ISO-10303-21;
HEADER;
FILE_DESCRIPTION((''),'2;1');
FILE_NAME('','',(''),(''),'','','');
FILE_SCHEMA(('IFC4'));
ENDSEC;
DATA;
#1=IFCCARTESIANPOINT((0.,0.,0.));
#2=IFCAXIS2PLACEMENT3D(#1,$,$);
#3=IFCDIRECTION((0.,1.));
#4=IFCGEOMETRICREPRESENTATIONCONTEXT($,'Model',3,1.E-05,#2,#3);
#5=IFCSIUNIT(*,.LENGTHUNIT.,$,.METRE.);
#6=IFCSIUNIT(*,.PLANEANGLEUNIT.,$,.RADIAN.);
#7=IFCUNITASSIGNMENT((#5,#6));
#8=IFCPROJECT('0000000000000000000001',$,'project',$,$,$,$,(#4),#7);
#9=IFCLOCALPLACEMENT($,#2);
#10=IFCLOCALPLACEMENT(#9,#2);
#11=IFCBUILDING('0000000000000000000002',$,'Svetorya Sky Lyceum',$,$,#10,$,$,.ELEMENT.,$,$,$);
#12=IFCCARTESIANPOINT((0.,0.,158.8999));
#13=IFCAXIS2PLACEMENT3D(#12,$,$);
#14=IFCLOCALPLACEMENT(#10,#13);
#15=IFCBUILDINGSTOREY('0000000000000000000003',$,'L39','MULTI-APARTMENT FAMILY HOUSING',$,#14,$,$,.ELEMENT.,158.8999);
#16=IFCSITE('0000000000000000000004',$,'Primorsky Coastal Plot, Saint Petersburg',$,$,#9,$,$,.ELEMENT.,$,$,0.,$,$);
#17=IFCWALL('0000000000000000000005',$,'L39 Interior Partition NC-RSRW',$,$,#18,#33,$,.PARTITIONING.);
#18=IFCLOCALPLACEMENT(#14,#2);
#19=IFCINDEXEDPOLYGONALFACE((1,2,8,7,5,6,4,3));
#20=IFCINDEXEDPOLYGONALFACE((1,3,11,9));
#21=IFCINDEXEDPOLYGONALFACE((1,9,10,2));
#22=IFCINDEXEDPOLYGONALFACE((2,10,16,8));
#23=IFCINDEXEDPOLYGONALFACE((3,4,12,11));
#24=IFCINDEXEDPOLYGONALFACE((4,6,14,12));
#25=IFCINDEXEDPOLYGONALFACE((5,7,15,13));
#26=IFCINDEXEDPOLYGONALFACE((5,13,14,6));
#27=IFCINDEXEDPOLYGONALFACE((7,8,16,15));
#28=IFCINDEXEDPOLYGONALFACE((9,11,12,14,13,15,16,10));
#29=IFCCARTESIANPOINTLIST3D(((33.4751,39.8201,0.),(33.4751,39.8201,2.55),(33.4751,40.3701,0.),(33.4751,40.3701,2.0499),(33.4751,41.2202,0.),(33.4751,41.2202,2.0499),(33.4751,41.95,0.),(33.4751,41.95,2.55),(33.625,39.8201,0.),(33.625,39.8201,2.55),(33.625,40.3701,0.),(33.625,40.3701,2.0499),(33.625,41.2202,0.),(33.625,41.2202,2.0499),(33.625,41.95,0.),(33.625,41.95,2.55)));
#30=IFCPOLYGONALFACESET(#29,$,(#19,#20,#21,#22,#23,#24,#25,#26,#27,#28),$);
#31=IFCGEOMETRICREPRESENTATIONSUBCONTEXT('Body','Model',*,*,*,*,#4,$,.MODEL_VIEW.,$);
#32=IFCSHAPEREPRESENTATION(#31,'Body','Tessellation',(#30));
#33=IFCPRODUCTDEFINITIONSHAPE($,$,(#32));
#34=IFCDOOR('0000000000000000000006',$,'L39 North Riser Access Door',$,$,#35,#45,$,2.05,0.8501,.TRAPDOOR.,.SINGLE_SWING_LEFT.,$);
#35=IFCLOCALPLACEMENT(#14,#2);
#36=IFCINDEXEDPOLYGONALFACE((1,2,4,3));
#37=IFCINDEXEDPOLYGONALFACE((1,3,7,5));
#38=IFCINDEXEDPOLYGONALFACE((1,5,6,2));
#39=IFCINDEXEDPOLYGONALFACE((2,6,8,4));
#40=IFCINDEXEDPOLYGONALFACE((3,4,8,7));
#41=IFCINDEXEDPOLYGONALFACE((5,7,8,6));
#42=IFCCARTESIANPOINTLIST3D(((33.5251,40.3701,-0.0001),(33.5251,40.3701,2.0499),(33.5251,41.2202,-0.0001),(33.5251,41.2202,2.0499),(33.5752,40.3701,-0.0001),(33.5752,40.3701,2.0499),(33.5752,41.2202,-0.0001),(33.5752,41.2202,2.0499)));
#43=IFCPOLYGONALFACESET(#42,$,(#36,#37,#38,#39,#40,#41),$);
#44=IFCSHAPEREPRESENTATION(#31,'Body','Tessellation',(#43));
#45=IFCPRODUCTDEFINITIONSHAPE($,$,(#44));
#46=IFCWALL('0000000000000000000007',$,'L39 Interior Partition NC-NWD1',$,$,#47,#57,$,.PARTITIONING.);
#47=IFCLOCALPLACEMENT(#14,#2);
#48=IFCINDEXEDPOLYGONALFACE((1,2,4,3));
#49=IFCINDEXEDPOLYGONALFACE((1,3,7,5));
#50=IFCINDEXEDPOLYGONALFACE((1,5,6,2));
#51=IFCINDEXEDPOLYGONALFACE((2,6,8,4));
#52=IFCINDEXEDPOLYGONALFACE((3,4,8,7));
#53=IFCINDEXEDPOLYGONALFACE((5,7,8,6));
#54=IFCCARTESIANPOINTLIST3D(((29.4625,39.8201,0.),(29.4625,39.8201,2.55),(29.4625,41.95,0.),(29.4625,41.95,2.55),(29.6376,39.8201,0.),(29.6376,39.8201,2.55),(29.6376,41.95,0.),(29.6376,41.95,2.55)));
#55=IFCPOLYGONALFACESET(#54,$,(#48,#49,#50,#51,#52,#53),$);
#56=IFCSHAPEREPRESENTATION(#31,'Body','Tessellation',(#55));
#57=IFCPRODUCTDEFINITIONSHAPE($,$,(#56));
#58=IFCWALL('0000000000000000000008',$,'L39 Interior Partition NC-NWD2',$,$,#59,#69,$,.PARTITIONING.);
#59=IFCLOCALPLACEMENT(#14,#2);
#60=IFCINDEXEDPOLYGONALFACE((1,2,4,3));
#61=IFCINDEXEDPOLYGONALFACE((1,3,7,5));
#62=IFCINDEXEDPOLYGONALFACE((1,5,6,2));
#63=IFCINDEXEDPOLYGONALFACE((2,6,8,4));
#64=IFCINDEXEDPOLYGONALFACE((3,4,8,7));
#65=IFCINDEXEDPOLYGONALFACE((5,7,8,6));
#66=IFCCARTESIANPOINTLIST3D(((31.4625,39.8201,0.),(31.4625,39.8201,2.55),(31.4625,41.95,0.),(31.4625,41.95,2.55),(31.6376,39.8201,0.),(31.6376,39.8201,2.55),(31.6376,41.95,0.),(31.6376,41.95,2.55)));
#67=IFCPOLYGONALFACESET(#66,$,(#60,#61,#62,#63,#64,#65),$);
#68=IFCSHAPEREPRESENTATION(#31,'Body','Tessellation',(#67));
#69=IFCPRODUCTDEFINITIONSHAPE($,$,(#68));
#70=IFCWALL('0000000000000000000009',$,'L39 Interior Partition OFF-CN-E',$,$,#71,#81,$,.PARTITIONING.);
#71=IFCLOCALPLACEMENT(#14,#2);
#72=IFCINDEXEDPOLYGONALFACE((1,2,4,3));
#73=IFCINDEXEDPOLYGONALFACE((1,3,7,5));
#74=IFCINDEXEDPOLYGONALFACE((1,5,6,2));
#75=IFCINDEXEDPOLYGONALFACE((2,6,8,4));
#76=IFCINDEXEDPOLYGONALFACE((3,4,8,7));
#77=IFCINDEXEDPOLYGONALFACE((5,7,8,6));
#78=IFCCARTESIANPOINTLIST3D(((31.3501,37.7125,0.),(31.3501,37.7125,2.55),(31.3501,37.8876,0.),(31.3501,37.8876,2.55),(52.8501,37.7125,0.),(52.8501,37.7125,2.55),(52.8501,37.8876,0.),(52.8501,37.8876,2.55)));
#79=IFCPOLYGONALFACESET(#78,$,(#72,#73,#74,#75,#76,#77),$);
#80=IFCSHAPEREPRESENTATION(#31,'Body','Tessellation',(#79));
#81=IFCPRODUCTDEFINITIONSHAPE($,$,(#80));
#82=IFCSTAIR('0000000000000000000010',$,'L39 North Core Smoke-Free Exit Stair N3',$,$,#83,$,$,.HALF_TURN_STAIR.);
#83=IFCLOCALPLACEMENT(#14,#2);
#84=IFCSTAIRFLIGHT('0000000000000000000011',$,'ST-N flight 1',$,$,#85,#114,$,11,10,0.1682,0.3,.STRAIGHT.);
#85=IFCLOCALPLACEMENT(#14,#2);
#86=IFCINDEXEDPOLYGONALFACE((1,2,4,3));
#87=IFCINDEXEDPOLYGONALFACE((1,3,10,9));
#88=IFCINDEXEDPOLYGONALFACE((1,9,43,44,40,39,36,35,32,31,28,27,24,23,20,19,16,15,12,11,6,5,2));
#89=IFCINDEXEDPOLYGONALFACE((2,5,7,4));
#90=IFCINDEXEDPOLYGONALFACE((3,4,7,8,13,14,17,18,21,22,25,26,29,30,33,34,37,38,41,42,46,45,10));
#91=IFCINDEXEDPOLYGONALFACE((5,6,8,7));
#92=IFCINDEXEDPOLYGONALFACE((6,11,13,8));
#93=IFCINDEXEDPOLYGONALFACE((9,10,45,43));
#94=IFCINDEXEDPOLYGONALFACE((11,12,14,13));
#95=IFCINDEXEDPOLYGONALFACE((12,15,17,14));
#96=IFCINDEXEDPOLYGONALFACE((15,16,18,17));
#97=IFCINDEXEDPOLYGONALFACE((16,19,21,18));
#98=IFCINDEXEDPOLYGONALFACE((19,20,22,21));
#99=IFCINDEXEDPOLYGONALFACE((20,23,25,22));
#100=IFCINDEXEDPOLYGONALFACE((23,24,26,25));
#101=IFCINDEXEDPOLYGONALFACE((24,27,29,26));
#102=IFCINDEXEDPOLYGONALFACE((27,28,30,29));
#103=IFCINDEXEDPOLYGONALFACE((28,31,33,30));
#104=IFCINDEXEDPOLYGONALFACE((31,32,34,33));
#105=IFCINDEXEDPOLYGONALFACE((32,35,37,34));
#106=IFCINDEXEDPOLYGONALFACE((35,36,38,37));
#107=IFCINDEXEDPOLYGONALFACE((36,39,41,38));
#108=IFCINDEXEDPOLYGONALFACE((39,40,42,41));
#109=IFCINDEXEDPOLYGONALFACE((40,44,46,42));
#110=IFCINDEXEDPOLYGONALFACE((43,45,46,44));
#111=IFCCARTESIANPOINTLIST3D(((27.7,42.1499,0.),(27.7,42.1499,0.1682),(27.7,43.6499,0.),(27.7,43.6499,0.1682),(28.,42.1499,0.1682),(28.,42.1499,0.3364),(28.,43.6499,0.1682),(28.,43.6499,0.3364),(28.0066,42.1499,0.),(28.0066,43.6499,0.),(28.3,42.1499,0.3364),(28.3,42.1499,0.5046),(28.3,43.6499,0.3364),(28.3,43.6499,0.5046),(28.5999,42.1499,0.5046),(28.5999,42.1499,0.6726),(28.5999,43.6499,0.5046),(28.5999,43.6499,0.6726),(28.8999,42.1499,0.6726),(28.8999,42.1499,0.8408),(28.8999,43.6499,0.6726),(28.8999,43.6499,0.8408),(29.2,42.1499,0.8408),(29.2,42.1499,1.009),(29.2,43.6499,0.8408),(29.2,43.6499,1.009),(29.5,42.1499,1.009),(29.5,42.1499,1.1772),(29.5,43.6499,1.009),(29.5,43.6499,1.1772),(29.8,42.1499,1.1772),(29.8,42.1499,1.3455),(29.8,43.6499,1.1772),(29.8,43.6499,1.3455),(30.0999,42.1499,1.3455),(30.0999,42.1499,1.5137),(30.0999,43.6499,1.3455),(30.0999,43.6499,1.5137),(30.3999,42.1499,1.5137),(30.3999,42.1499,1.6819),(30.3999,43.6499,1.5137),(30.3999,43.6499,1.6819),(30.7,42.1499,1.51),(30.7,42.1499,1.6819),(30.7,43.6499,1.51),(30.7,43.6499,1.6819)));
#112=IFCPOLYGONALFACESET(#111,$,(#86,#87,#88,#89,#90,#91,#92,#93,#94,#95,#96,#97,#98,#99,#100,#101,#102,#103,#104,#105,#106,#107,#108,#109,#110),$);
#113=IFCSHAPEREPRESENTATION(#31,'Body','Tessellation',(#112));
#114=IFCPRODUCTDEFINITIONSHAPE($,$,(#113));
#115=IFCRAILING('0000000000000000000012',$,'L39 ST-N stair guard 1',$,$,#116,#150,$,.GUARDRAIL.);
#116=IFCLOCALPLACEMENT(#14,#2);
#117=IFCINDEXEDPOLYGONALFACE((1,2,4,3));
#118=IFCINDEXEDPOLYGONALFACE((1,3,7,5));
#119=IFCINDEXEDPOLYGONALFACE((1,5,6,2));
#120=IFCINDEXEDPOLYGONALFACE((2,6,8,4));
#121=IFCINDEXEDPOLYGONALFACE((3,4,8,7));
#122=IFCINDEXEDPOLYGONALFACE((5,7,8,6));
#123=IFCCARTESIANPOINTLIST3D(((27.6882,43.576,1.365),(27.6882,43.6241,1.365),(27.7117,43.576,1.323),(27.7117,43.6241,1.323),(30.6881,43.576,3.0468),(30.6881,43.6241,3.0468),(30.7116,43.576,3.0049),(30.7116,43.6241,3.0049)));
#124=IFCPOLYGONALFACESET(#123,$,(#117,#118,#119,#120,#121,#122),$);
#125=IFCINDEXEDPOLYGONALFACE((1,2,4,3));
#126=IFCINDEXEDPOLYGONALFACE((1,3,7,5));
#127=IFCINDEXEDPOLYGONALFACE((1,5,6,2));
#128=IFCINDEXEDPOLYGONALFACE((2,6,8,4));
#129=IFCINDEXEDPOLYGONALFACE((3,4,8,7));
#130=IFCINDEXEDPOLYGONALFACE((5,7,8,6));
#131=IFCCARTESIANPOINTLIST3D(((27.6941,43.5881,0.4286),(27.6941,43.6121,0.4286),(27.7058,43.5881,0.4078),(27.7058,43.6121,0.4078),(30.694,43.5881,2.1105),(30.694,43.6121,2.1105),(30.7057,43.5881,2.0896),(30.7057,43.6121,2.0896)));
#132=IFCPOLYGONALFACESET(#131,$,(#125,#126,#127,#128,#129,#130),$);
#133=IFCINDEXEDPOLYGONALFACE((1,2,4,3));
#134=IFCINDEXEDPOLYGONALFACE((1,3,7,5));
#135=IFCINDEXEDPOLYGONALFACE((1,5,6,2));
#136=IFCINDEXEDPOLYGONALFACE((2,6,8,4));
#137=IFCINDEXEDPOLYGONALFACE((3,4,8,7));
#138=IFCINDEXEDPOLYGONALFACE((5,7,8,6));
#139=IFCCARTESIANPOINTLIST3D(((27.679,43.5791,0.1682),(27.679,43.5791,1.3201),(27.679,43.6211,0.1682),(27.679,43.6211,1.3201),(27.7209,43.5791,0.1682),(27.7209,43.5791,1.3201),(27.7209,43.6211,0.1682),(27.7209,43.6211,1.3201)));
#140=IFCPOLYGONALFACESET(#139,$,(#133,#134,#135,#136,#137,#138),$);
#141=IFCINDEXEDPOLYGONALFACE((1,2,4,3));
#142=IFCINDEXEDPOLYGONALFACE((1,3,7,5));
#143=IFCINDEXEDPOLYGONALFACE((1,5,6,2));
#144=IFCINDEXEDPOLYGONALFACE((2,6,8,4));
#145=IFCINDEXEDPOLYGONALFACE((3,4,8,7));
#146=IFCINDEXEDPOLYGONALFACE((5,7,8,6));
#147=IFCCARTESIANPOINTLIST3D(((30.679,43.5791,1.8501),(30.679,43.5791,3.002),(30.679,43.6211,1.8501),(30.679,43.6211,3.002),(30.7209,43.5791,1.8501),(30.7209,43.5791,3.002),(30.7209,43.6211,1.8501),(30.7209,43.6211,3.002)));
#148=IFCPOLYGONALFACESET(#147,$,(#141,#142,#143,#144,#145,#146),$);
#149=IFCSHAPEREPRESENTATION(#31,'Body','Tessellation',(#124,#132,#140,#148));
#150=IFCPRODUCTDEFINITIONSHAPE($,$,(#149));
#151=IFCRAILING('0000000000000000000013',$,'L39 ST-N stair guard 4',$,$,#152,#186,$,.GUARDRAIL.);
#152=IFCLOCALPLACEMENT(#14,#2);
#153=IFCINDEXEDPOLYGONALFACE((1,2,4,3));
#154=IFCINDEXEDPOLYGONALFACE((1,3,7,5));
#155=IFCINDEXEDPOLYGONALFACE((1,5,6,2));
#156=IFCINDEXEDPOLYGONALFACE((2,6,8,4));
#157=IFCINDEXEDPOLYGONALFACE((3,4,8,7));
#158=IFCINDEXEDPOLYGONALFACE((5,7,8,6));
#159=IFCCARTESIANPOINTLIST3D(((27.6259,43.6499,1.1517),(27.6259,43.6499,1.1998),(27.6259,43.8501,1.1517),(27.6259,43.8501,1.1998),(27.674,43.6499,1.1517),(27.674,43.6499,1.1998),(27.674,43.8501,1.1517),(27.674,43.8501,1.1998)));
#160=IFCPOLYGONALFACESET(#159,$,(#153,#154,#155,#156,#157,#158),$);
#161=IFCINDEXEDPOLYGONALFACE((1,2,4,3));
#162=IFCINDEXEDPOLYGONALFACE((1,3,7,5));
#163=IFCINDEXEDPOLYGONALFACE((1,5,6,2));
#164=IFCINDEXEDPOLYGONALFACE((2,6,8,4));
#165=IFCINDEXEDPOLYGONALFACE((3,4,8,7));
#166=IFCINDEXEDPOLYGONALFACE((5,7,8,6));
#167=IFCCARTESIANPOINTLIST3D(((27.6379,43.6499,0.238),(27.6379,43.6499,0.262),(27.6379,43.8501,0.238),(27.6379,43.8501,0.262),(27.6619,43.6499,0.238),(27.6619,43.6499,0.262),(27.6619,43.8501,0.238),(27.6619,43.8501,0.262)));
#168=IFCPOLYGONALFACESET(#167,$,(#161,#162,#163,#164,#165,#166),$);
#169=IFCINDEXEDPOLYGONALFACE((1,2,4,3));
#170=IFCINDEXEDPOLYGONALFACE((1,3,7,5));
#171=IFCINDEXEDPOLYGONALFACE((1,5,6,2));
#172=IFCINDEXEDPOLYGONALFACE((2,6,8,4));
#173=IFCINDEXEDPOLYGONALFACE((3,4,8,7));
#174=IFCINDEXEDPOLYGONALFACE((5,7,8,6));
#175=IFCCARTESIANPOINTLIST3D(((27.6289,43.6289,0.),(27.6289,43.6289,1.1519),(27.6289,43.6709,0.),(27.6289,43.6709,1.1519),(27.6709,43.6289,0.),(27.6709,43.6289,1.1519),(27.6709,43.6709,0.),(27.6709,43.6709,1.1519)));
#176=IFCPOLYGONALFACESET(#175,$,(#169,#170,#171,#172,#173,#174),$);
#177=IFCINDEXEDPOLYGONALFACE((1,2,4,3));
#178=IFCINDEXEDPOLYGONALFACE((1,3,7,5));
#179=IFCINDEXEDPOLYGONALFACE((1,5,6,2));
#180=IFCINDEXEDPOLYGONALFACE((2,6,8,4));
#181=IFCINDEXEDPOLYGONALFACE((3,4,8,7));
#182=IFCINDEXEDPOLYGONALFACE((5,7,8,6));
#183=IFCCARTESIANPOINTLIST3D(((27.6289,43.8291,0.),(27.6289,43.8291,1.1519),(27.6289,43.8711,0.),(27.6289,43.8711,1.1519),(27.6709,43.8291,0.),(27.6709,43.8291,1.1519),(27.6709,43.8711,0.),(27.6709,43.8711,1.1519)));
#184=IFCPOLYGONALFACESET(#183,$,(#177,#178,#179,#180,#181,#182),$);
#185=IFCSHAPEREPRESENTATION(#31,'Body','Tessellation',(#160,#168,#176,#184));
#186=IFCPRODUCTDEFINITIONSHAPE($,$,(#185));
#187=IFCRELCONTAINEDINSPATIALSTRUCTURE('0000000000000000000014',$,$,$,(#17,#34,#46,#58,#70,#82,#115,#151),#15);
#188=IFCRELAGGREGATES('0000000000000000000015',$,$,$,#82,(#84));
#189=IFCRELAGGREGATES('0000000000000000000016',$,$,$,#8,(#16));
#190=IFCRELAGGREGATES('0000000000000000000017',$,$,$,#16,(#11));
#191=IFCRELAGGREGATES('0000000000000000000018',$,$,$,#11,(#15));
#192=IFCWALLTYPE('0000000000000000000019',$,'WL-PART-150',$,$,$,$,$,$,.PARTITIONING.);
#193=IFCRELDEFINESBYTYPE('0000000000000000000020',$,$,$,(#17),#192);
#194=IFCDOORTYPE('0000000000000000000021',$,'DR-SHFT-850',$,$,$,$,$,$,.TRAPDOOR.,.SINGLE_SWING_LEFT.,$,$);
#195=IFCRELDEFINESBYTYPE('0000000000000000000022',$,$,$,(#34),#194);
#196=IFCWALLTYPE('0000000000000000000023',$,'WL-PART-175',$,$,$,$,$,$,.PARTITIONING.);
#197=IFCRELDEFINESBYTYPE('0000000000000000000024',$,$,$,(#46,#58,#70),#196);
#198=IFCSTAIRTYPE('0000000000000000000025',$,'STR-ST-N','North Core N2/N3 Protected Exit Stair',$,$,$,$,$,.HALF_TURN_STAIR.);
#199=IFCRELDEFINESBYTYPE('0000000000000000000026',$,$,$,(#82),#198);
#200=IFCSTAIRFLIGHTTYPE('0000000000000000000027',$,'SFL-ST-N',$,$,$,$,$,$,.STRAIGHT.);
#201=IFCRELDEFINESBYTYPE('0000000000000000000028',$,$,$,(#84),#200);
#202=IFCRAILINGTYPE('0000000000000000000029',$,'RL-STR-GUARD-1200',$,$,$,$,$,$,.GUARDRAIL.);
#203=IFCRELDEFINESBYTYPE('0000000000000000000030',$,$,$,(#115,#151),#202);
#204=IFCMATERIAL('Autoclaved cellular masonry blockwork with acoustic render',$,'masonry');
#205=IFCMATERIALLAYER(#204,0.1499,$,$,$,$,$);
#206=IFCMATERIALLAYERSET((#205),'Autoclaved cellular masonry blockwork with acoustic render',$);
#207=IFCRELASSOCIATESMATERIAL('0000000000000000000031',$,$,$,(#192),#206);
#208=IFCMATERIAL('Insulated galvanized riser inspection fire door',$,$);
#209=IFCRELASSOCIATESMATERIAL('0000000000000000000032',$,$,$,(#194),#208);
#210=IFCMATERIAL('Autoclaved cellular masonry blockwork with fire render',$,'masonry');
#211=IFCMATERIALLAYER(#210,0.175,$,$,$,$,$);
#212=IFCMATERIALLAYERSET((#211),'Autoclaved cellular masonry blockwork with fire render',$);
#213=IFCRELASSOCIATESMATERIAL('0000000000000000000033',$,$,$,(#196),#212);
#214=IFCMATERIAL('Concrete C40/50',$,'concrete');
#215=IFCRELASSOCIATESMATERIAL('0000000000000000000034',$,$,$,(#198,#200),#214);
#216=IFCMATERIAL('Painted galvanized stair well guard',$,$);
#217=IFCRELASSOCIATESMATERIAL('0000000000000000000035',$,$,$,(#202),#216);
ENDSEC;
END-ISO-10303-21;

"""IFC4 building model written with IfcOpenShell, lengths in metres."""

from ifc_helpers import new_model, si_unit, direction, frame, frame_2d, origin, origin_2d, place, context, subcontext, project, spatial, polyline, rectangle, outline, extrude, material, layer, layer_set, type_object, element, fill, aggregate, save


model = new_model("IFC4")

# Units and contexts
model_context = context("Model", 3, precision=1e-05, world=origin(), true_north=direction((0.0, 1.0)))
body_context = subcontext(model_context, "Body", "Model", "MODEL_VIEW")
ifc_project = project(units=[si_unit("LENGTHUNIT", "METRE"), si_unit("PLANEANGLEUNIT", "RADIAN")], contexts=[model_context])

# Site, building, storey
site_placement = place(None, origin())
site = spatial("IfcSite", under=ifc_project, at=site_placement, Name="Primorsky Coastal Plot, Saint Petersburg", CompositionType="ELEMENT", RefElevation=0.0)
building_placement = place(site_placement, origin())
building = spatial("IfcBuilding", under=site, at=building_placement, Name="Svetorya Sky Lyceum", CompositionType="ELEMENT")
storey_placement = place(building_placement, frame((0.0, 0.0, 158.8999)))
storey = spatial("IfcBuildingStorey", under=building, at=storey_placement, Name="L39", Description="MULTI-APARTMENT FAMILY HOUSING", CompositionType="ELEMENT", Elevation=158.8999)

# Shared definitions
ifc_material_1 = material(Name="Concrete C40/50", Category="concrete")

# Wall, opening, door
ifc_material_2 = material(Name="Autoclaved cellular masonry blockwork with acoustic render", Category="masonry")
ifc_layer_1 = layer(ifc_material_2, 0.1499)
ifc_layer_set_1 = layer_set([ifc_layer_1], Name="Autoclaved cellular masonry blockwork with acoustic render")
wall_type_1 = type_object("IfcWallType", Name="WL-PART-150", PredefinedType="PARTITIONING", material=ifc_layer_set_1)
wall_1_placement = place(storey_placement, frame((33.55, 39.8201, 0.0), z_axis=(0.0, 0.0, 1.0), x_axis=(0.0, 1.0, 0.0)))
wall_1 = element("IfcWall", 1, at=wall_1_placement, inside=storey, type_object=wall_type_1, Name="L39 Interior Partition NC-RSRW", PredefinedType="PARTITIONING", context=body_context, shape_type="SweptSolid", body=[
    extrude(rectangle(XDim=2.1299, YDim=0.1499, at=frame_2d((1.0649, 0.0))), origin(), (0.0, 0.0, 1.0), 2.55),
])
opening_placement = place(wall_1_placement, frame((0.55, 0.0, 0.0)))
opening = element("IfcOpeningElement", 2, at=opening_placement, cuts=wall_1, PredefinedType="OPENING", context=body_context, shape_type="SweptSolid", body=[
    extrude(rectangle(XDim=0.8501, YDim=2.05, at=frame_2d((0.425, 1.0249))), frame((0.0, 0.085, 0.0), z_axis=(0.0, -1.0, 0.0), x_axis=(1.0, 0.0, 0.0)), (0.0, 0.0, 1.0), 0.1699),
])
ifc_material_3 = material(Name="Insulated galvanized riser inspection fire door")
door_type = type_object("IfcDoorType", Name="DR-SHFT-850", OperationType="SINGLE_SWING_LEFT", PredefinedType="TRAPDOOR", material=ifc_material_3)
door_placement = place(opening_placement, origin())
door = element("IfcDoor", 3, at=door_placement, inside=storey, type_object=door_type, Name="L39 North Riser Access Door", OperationType="SINGLE_SWING_LEFT", OverallHeight=2.05, OverallWidth=0.8501, PredefinedType="TRAPDOOR", context=body_context, shape_type="SweptSolid", body=[
    extrude(rectangle(XDim=0.8501, YDim=2.05, at=frame_2d((0.425, 1.0249))), frame((0.0, 0.0249, 0.0), z_axis=(0.0, -1.0, 0.0), x_axis=(1.0, 0.0, 0.0)), (0.0, 0.0, 1.0), 0.05),
])
fill(opening, door)

# Walls
ifc_material_4 = material(Name="Autoclaved cellular masonry blockwork with fire render", Category="masonry")
ifc_layer_2 = layer(ifc_material_4, 0.175)
ifc_layer_set_2 = layer_set([ifc_layer_2], Name="Autoclaved cellular masonry blockwork with fire render")
wall_type_2 = type_object("IfcWallType", Name="WL-PART-175", PredefinedType="PARTITIONING", material=ifc_layer_set_2)
for number, where, z_axis, x_axis, name in (
    (4, (29.55, 39.8201, 0.0), (0.0, 0.0, 1.0), (0.0, 1.0, 0.0), "L39 Interior Partition NC-NWD1"),
    (5, (31.55, 39.8201, 0.0), (0.0, 0.0, 1.0), (0.0, 1.0, 0.0), "L39 Interior Partition NC-NWD2"),
):
    element("IfcWall", number, at=place(storey_placement, frame(where, z_axis=z_axis, x_axis=x_axis)), inside=storey, type_object=wall_type_2, Name=name, PredefinedType="PARTITIONING", context=body_context, shape_type="SweptSolid", body=[
        extrude(rectangle(XDim=2.1299, YDim=0.175, at=frame_2d((1.0649, 0.0))), origin(), (0.0, 0.0, 1.0), 2.55),
    ])
wall_2_placement = place(storey_placement, frame((31.3501, 37.8, 0.0), z_axis=(0.0, 0.0, 1.0), x_axis=(1.0, 0.0, 0.0)))
element("IfcWall", 6, at=wall_2_placement, inside=storey, type_object=wall_type_2, Name="L39 Interior Partition OFF-CN-E", PredefinedType="PARTITIONING", context=body_context, shape_type="SweptSolid", body=[
    extrude(rectangle(XDim=21.5, YDim=0.175, at=frame_2d((10.75, 0.0))), origin(), (0.0, 0.0, 1.0), 2.55),
])

# Stair, stair flight
stair_type = type_object("IfcStairType", Name="STR-ST-N", Description="North Core N2/N3 Protected Exit Stair", PredefinedType="HALF_TURN_STAIR", material=ifc_material_1)
stair_placement = place(storey_placement, origin())
stair = element("IfcStair", 7, at=stair_placement, inside=storey, type_object=stair_type, Name="L39 North Core Smoke-Free Exit Stair N3", PredefinedType="HALF_TURN_STAIR")
stair_flight_type = type_object("IfcStairFlightType", Name="SFL-ST-N", PredefinedType="STRAIGHT", material=ifc_material_1)
stair_flight_placement = place(storey_placement, frame((27.7, 42.8999, 0.0), z_axis=(0.0, 0.0, 1.0), x_axis=(1.0, 0.0, 0.0)))
stair_flight = element("IfcStairFlight", 8, at=stair_flight_placement, type_object=stair_flight_type, Name="ST-N flight 1", NumberOfRisers=11, NumberOfTreads=10, PredefinedType="STRAIGHT", RiserHeight=0.1682, TreadLength=0.3, context=body_context, shape_type="SweptSolid", body=[
    extrude(outline(polyline([(0.0, 0.0), (0.0, 0.1682), (0.3, 0.1682), (0.3, 0.3364), (0.6001, 0.3364), (0.6001, 0.5046), (0.8999, 0.5046), (0.8999, 0.6726), (1.2, 0.6726), (1.2, 0.8408), (1.5, 0.8408), (1.5, 1.009), (1.8, 1.009), (1.8, 1.1772), (2.1001, 1.1772), (2.1001, 1.3455), (2.3999, 1.3455), (2.3999, 1.5137), (2.7, 1.5137), (2.7, 1.6819), (3.0, 1.6819), (3.0, 1.8501), (3.0, 1.51), (0.3066, 0.0), (0.0, 0.0)])), frame((0.0, 0.75, 0.0), z_axis=(0.0, -1.0, 0.0), x_axis=(1.0, 0.0, 0.0)), (0.0, 0.0, 1.0), 1.5),
])
aggregate(stair, [stair_flight])

# Railings
ifc_material_5 = material(Name="Painted galvanized stair well guard")
railing_type_1 = type_object("IfcRailingType", Name="RL-STR-GUARD-1200", PredefinedType="GUARDRAIL", material=ifc_material_5)
railing_1_placement = place(storey_placement, frame((27.7, 43.6001, 0.1682)))
element("IfcRailing", 9, at=railing_1_placement, inside=storey, type_object=railing_type_1, Name="L39 ST-N stair guard 1", PredefinedType="GUARDRAIL", context=body_context, shape_type="SweptSolid", body=[
    extrude(rectangle(XDim=0.0481, YDim=0.0481, at=origin_2d()), frame((0.0, 0.0, 1.1758), z_axis=(0.872272, 0.0, 0.48902), x_axis=(0.0, 1.0, 0.0)), (0.0, 0.0, 1.0), 3.4392),
    extrude(rectangle(XDim=0.0239, YDim=0.0239, at=origin_2d()), frame((0.0, 0.0, 0.25), z_axis=(0.872272, 0.0, 0.48902), x_axis=(0.0, 1.0, 0.0)), (0.0, 0.0, 1.0), 3.4392),
    extrude(rectangle(XDim=0.042, YDim=0.042, at=origin_2d()), origin(), (0.0, 0.0, 1.0), 1.1519),
    extrude(rectangle(XDim=0.042, YDim=0.042, at=origin_2d()), frame((3.0, 0.0, 1.6819)), (0.0, 0.0, 1.0), 1.1519),
])
railing_2_placement = place(storey_placement, frame((27.6499, 43.6499, 0.0)))
element("IfcRailing", 10, at=railing_2_placement, inside=storey, type_object=railing_type_1, Name="L39 ST-N stair guard 4", PredefinedType="GUARDRAIL", context=body_context, shape_type="SweptSolid", body=[
    extrude(rectangle(XDim=0.0481, YDim=0.0481, at=origin_2d()), frame((0.0, 0.0, 1.1758), z_axis=(0.0, 1.0, 0.0), x_axis=(-1.0, 0.0, 0.0)), (0.0, 0.0, 1.0), 0.2002),
    extrude(rectangle(XDim=0.0239, YDim=0.0239, at=origin_2d()), frame((0.0, 0.0, 0.25), z_axis=(0.0, 1.0, 0.0), x_axis=(-1.0, 0.0, 0.0)), (0.0, 0.0, 1.0), 0.2002),
    extrude(rectangle(XDim=0.042, YDim=0.042, at=origin_2d()), origin(), (0.0, 0.0, 1.0), 1.1519),
    extrude(rectangle(XDim=0.042, YDim=0.042, at=origin_2d()), frame((0.0, 0.2002, 0.0)), (0.0, 0.0, 1.0), 1.1519),
])

save(model, "model.ifc")
